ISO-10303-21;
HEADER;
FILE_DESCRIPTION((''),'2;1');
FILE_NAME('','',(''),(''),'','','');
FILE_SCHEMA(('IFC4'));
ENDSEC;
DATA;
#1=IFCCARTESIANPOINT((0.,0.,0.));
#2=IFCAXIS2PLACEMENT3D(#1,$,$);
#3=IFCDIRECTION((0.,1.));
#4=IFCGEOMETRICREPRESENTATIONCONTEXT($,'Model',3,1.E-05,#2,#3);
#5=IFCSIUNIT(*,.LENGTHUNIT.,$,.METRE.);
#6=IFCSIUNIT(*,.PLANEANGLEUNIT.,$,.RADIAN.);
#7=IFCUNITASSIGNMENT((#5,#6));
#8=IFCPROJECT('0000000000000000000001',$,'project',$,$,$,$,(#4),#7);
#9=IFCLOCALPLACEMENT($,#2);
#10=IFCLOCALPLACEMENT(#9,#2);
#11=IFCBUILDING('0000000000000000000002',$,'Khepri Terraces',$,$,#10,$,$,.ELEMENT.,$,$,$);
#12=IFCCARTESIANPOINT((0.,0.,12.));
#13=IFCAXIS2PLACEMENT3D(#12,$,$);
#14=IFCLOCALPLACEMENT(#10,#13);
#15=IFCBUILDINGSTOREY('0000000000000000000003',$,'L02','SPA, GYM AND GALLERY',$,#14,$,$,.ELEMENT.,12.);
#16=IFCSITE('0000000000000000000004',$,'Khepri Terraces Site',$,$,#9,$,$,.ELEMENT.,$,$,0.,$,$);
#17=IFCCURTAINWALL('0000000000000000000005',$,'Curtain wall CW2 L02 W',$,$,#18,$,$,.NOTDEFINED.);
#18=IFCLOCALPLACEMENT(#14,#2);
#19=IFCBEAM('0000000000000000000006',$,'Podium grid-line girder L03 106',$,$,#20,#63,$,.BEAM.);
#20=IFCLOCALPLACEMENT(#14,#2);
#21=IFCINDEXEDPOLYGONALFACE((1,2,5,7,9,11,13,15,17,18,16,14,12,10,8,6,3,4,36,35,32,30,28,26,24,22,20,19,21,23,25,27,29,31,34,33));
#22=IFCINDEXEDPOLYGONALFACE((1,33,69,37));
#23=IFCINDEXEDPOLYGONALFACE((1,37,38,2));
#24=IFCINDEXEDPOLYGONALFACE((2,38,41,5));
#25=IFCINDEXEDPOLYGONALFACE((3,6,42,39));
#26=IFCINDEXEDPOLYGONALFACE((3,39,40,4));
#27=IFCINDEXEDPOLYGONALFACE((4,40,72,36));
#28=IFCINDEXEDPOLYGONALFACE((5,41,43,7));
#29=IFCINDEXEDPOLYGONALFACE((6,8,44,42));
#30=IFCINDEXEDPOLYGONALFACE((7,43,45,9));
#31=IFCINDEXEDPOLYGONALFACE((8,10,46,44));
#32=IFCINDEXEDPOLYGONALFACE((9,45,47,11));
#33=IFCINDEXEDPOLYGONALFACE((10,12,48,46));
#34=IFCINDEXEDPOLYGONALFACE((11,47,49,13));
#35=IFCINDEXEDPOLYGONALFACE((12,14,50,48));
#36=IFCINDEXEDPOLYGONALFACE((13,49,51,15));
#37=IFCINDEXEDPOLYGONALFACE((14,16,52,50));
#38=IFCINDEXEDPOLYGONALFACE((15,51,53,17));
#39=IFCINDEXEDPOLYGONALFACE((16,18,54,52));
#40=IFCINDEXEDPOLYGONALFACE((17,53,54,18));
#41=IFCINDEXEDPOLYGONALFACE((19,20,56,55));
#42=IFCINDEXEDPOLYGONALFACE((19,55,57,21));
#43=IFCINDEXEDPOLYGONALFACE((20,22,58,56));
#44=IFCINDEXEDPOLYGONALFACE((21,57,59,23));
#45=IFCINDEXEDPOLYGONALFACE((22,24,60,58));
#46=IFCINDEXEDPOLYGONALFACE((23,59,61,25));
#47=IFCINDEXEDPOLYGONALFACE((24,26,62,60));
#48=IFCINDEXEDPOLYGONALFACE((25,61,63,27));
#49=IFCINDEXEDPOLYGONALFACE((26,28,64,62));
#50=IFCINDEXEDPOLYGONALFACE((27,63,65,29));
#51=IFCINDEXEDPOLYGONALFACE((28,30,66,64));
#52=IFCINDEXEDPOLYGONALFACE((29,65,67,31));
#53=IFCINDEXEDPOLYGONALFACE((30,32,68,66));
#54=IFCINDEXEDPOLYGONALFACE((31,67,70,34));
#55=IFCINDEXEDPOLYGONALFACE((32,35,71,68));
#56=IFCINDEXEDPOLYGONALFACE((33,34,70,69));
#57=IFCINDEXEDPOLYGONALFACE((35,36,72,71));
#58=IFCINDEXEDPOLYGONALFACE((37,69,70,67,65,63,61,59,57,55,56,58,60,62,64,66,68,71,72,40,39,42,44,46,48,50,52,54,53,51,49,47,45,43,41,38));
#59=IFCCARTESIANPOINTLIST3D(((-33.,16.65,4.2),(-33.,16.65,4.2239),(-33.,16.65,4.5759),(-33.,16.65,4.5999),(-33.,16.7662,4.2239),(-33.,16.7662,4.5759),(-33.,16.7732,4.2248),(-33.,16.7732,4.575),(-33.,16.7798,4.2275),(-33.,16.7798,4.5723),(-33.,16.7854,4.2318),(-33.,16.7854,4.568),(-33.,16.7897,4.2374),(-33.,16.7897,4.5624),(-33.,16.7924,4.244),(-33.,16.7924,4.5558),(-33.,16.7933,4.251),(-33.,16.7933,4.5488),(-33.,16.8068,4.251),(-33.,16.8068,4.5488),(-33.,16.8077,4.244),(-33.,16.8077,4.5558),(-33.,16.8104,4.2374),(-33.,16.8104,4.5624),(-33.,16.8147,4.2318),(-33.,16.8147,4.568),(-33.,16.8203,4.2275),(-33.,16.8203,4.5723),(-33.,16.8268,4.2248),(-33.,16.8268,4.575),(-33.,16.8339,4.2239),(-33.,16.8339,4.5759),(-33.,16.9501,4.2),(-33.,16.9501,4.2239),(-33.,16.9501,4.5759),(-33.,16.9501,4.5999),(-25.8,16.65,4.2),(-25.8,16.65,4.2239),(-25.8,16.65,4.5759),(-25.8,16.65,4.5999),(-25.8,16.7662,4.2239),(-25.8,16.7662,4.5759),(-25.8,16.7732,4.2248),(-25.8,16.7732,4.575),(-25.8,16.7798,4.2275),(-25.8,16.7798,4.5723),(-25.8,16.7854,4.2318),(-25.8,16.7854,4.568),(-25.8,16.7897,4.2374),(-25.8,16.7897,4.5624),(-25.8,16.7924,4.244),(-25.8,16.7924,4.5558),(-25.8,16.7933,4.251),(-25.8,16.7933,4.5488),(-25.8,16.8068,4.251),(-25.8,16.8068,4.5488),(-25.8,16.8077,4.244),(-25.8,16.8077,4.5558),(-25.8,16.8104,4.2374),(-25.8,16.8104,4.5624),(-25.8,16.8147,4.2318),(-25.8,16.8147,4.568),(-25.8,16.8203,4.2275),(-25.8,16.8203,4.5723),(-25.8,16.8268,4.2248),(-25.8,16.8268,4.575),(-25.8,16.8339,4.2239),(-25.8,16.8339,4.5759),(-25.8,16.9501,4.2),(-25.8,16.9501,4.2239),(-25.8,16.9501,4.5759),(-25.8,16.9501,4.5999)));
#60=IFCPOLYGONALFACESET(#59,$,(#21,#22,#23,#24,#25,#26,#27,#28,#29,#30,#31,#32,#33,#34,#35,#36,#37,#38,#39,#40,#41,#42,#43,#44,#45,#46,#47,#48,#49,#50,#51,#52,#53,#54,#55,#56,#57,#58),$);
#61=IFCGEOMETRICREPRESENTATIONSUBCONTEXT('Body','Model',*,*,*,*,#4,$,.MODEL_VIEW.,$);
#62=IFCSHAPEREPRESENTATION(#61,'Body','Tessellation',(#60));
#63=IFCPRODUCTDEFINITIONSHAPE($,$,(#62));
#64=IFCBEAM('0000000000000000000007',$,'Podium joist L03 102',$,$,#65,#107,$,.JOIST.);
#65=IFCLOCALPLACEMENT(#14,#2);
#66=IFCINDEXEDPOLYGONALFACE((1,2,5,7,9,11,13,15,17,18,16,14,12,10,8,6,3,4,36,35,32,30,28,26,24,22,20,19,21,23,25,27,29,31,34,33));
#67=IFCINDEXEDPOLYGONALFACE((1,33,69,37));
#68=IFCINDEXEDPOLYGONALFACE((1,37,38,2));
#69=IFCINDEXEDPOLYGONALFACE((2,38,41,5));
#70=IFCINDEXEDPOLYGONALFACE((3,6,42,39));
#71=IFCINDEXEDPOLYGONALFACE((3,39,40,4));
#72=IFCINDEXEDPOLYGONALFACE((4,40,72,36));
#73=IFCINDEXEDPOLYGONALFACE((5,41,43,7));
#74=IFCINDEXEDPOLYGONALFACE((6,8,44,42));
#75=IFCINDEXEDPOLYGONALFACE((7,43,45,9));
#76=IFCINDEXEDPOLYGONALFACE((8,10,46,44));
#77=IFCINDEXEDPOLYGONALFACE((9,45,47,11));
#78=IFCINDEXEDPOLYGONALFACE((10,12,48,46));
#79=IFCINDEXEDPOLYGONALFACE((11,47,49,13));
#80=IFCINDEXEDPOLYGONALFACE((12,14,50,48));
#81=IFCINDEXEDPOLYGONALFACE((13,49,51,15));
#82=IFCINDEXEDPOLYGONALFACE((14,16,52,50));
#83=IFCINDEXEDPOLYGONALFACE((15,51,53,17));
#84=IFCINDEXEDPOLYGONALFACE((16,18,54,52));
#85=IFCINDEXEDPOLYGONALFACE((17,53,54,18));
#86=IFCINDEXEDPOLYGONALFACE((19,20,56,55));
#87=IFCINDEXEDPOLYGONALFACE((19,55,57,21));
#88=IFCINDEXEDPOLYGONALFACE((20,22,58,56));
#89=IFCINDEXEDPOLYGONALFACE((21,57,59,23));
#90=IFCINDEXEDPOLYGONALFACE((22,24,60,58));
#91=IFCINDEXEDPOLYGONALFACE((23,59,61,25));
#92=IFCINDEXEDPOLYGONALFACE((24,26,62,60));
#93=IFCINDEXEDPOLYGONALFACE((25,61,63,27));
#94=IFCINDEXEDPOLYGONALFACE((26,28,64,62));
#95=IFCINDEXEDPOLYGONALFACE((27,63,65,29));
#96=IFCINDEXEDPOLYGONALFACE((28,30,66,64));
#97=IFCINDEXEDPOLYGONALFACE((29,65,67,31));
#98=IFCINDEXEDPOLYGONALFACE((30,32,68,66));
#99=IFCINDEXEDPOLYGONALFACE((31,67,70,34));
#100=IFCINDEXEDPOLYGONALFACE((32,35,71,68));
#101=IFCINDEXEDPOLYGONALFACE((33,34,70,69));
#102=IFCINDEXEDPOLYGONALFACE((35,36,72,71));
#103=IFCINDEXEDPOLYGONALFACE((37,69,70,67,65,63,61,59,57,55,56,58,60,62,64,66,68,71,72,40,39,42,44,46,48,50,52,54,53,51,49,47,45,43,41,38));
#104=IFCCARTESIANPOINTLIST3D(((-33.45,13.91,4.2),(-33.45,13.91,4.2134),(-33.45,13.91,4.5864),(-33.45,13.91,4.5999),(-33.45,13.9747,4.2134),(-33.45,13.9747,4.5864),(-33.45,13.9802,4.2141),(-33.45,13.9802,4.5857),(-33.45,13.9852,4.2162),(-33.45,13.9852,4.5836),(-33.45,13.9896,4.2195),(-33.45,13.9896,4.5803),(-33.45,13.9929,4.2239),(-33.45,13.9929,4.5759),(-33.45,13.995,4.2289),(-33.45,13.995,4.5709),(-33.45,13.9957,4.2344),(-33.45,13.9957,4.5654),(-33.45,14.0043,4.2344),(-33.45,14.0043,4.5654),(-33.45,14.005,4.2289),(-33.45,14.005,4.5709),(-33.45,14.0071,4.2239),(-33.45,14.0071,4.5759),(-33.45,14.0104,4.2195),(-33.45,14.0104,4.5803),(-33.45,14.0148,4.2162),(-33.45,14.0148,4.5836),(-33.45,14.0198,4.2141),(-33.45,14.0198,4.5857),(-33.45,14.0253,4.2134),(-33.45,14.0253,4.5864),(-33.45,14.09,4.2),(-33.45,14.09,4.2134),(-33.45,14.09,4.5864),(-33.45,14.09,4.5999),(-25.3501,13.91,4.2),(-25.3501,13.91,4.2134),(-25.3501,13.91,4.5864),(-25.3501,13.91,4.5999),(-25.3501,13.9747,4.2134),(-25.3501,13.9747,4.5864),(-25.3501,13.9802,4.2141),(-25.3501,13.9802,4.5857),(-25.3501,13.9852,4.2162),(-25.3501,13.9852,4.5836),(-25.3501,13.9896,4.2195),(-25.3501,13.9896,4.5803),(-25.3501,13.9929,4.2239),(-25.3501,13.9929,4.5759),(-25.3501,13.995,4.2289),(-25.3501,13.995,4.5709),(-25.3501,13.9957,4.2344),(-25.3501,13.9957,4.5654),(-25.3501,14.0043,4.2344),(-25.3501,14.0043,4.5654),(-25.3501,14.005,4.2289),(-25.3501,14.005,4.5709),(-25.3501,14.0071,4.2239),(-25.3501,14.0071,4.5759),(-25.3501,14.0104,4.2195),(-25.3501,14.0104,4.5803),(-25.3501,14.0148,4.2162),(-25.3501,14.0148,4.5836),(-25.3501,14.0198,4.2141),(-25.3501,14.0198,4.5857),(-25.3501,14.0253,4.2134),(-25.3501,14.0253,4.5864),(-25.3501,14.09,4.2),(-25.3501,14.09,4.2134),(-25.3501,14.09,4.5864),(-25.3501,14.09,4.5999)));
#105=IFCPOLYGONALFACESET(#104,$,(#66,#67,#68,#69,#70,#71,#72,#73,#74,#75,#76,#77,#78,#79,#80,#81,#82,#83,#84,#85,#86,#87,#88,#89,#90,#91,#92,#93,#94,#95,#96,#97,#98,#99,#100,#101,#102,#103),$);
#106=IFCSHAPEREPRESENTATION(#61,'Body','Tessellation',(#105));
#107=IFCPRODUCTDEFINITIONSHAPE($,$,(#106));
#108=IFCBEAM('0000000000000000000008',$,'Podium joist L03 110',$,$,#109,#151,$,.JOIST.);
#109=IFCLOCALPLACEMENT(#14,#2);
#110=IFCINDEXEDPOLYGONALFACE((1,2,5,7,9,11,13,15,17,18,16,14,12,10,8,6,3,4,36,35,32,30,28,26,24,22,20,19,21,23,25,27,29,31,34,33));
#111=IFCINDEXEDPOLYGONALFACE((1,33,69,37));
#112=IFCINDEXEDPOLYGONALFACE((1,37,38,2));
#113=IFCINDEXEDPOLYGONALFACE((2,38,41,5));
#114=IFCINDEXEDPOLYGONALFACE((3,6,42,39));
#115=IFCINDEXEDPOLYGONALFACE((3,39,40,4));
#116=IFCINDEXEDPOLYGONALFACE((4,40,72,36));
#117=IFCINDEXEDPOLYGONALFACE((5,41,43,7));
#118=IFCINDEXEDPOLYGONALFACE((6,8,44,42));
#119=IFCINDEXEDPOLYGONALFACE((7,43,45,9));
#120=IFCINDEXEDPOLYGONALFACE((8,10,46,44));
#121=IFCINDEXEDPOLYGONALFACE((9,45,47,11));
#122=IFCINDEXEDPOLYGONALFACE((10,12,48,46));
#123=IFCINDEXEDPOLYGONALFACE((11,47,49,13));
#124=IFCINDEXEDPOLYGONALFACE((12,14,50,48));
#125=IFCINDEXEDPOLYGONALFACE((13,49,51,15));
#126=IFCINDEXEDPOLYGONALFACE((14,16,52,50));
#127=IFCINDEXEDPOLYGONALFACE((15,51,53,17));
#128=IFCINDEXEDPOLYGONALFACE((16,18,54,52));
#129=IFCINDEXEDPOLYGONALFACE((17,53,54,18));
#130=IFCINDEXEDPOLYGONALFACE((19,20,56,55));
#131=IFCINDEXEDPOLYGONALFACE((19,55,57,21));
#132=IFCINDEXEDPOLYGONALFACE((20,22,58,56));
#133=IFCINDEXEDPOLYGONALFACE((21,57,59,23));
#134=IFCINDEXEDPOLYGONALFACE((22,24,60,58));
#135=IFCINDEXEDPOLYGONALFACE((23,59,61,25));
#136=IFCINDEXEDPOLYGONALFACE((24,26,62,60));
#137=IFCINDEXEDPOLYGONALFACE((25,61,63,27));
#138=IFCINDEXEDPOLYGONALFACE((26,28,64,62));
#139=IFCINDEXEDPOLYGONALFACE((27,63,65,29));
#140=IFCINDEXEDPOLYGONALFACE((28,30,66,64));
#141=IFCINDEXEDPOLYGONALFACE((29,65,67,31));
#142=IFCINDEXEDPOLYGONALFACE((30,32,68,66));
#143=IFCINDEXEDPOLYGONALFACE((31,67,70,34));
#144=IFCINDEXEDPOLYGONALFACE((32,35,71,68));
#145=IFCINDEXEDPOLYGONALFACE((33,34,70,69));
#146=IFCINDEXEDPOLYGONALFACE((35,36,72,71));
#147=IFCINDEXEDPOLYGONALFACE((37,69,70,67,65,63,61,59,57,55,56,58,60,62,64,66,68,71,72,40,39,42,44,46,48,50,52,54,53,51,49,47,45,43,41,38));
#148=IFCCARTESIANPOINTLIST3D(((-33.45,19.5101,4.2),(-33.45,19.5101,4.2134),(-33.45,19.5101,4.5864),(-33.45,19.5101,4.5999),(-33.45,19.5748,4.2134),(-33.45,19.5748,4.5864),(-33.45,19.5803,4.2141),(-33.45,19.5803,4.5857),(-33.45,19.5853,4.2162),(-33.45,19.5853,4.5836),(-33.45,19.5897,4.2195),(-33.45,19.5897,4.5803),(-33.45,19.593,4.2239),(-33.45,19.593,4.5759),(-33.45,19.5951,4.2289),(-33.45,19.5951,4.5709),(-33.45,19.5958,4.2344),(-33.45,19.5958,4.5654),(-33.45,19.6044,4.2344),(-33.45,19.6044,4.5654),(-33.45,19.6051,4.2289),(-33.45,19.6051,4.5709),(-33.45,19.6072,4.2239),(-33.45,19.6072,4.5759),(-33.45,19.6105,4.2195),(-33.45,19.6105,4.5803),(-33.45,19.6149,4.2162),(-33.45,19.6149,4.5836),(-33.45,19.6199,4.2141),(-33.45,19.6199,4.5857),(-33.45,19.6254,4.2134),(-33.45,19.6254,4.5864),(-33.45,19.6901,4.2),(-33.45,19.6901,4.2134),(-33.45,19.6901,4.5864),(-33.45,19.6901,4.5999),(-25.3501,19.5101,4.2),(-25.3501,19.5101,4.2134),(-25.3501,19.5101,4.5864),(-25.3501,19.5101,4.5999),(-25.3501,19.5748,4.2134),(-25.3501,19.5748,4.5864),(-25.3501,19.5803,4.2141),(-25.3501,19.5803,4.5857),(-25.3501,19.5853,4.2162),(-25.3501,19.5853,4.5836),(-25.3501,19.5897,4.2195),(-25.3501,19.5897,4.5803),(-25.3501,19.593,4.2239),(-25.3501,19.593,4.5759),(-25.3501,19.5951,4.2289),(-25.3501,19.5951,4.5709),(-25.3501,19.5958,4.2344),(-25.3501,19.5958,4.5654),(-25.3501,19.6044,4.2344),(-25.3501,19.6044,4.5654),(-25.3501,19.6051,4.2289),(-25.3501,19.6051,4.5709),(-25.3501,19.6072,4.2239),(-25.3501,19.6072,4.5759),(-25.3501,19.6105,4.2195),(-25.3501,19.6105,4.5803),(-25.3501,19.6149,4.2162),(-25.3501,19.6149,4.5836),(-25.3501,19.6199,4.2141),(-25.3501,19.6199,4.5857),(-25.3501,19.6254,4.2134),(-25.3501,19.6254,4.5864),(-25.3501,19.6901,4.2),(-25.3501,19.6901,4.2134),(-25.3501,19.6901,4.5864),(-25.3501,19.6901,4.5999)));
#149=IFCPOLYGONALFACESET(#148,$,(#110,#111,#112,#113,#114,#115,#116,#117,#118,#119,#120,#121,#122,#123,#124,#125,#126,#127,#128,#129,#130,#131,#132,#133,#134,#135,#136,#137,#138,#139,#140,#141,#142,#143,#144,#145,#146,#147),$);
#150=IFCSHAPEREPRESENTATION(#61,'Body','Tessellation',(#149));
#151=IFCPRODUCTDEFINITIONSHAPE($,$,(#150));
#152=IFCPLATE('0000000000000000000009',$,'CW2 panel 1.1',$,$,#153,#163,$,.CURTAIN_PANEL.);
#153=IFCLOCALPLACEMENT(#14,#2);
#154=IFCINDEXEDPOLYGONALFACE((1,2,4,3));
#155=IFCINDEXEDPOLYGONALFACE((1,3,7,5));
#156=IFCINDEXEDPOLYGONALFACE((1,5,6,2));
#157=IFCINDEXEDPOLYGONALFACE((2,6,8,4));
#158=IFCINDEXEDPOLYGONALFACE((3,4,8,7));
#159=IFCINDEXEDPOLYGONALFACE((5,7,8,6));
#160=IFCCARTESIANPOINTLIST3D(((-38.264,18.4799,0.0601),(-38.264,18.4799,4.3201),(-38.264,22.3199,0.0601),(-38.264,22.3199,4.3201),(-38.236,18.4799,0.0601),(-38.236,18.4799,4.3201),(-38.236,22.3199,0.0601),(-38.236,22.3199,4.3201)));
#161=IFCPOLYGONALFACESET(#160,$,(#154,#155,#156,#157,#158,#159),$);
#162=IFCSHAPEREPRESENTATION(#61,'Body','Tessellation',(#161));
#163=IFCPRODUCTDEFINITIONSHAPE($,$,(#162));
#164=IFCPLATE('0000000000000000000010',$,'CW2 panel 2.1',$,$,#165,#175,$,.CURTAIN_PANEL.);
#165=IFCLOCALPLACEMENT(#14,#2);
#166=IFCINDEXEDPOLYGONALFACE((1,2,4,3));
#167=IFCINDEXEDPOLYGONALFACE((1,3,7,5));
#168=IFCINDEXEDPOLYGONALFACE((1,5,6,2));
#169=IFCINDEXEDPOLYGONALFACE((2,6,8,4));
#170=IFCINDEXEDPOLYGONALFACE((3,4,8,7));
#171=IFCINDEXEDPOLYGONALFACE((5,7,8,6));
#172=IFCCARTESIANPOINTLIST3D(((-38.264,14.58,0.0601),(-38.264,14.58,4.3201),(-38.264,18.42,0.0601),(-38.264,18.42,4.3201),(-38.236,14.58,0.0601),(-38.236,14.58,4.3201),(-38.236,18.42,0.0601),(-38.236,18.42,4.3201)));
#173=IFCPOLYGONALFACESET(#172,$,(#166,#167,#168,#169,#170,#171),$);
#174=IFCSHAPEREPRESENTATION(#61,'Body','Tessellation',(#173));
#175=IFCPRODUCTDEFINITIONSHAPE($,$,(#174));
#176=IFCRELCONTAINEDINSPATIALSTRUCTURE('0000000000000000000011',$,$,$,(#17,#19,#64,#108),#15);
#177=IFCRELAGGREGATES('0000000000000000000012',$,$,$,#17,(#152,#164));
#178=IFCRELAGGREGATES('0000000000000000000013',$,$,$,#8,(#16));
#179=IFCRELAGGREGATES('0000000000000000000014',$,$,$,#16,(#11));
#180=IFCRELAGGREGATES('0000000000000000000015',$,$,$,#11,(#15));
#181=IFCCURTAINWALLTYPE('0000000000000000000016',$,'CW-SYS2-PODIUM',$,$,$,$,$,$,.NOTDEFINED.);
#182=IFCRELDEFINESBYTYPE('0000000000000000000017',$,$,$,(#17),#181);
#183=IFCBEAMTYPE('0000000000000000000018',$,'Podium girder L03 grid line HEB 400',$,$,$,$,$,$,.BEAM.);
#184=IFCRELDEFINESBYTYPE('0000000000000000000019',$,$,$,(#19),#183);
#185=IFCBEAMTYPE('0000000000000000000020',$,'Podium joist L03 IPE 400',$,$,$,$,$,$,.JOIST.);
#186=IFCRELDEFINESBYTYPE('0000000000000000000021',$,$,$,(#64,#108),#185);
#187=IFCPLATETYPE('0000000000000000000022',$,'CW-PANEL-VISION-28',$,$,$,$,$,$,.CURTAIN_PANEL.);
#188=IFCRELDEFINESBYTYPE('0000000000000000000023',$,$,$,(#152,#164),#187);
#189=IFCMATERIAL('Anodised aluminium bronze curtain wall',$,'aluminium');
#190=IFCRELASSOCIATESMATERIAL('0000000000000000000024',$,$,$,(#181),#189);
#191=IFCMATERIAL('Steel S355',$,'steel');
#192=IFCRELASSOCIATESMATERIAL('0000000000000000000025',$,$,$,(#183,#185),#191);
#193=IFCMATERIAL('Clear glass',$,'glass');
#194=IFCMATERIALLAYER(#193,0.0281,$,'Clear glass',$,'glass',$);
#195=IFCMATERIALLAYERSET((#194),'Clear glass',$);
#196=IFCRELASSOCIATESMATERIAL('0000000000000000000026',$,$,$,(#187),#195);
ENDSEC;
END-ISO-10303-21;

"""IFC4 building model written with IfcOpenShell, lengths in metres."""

from ifc_helpers import new_model, si_unit, direction, frame, origin, origin_2d, place, context, subcontext, project, spatial, rectangle, i_section, extrude, material, layer, layer_set, material_profile, profile_set, type_object, element, aggregate, save


model = new_model("IFC4")

# Units and contexts
model_context = context("Model", 3, precision=1e-05, world=origin(), true_north=direction((0.0, 1.0)))
body_context = subcontext(model_context, "Body", "Model", "MODEL_VIEW")
ifc_project = project(units=[si_unit("LENGTHUNIT", "METRE"), si_unit("PLANEANGLEUNIT", "RADIAN")], contexts=[model_context])

# Site, building, storey
site_placement = place(None, origin())
site = spatial("IfcSite", under=ifc_project, at=site_placement, Name="Khepri Terraces Site", CompositionType="ELEMENT", RefElevation=0.0)
building_placement = place(site_placement, origin())
building = spatial("IfcBuilding", under=site, at=building_placement, Name="Khepri Terraces", CompositionType="ELEMENT")
storey_placement = place(building_placement, frame((0.0, 0.0, 12.0)))
storey = spatial("IfcBuildingStorey", under=building, at=storey_placement, Name="L02", Description="SPA, GYM AND GALLERY", CompositionType="ELEMENT", Elevation=12.0)

# Curtain wall
ifc_material_1 = material(Name="Anodised aluminium bronze curtain wall", Category="aluminium")
curtain_wall_type = type_object("IfcCurtainWallType", Name="CW-SYS2-PODIUM", PredefinedType="NOTDEFINED", material=ifc_material_1)
curtain_wall_placement = place(storey_placement, origin())
curtain_wall = element("IfcCurtainWall", 1, at=curtain_wall_placement, inside=storey, type_object=curtain_wall_type, Name="Curtain wall CW2 L02 W", PredefinedType="NOTDEFINED")

# Beams
ifc_material_2 = material(Name="Steel S355", Category="steel")
ifc_material_profile_1 = material_profile(ifc_material_2, i_section(OverallWidth=0.3, OverallDepth=0.3999, WebThickness=0.0134, FlangeThickness=0.0239, FilletRadius=0.0271, at=origin_2d()), Name="Steel S355", Category="steel")
ifc_profile_set_1 = profile_set([ifc_material_profile_1], Name="Steel S355")
beam_type_1 = type_object("IfcBeamType", Name="Podium girder L03 grid line HEB 400", PredefinedType="BEAM", material=ifc_profile_set_1)
beam_1_placement = place(storey_placement, frame((-33.0, 16.8, 4.3999), z_axis=(1.0, 0.0, 0.0), x_axis=(0.0, 1.0, 0.0)))
element("IfcBeam", 2, at=beam_1_placement, inside=storey, type_object=beam_type_1, Name="Podium grid-line girder L03 106", PredefinedType="BEAM", context=body_context, shape_type="SweptSolid", body=[
    extrude(i_section(OverallWidth=0.3, OverallDepth=0.3999, WebThickness=0.0134, FlangeThickness=0.0239, FilletRadius=0.0271, at=origin_2d()), origin(), (0.0, 0.0, 1.0), 7.2),
])
ifc_material_profile_2 = material_profile(ifc_material_2, i_section(OverallWidth=0.1799, OverallDepth=0.3999, WebThickness=0.0085, FlangeThickness=0.0134, FilletRadius=0.021, at=origin_2d()), Name="Steel S355", Category="steel")
ifc_profile_set_2 = profile_set([ifc_material_profile_2], Name="Steel S355")
beam_type_2 = type_object("IfcBeamType", Name="Podium joist L03 IPE 400", PredefinedType="JOIST", material=ifc_profile_set_2)
for number, where, z_axis, x_axis, name in (
    (3, (-33.45, 14.0, 4.3999), (1.0, 0.0, 0.0), (0.0, 1.0, 0.0), "Podium joist L03 102"),
    (4, (-33.45, 19.6001, 4.3999), (1.0, 0.0, 0.0), (0.0, 1.0, 0.0), "Podium joist L03 110"),
):
    element("IfcBeam", number, at=place(storey_placement, frame(where, z_axis=z_axis, x_axis=x_axis)), inside=storey, type_object=beam_type_2, Name=name, PredefinedType="JOIST", context=body_context, shape_type="SweptSolid", body=[
        extrude(i_section(OverallWidth=0.1799, OverallDepth=0.3999, WebThickness=0.0085, FlangeThickness=0.0134, FilletRadius=0.021, at=origin_2d()), origin(), (0.0, 0.0, 1.0), 8.0999),
    ])

# Plates
ifc_material_3 = material(Name="Clear glass", Category="glass")
ifc_layer_1 = layer(ifc_material_3, 0.0281, Name="Clear glass", Category="glass")
ifc_layer_set_1 = layer_set([ifc_layer_1], Name="Clear glass")
plate_type = type_object("IfcPlateType", Name="CW-PANEL-VISION-28", PredefinedType="CURTAIN_PANEL", material=ifc_layer_set_1)
plate_1_placement = place(storey_placement, frame((-38.25, 20.3999, 0.0601), z_axis=(0.0, 0.0, 1.0), x_axis=(0.0, -1.0, 0.0)))
plate_1 = element("IfcPlate", 5, at=plate_1_placement, type_object=plate_type, Name="CW2 panel 1.1", PredefinedType="CURTAIN_PANEL", context=body_context, shape_type="SweptSolid", body=[
    extrude(rectangle(XDim=3.8401, YDim=0.0281, at=origin_2d()), origin(), (0.0, 0.0, 1.0), 4.26),
])
plate_2_placement = place(storey_placement, frame((-38.25, 16.5, 0.0601), z_axis=(0.0, 0.0, 1.0), x_axis=(0.0, -1.0, 0.0)))
plate_2 = element("IfcPlate", 6, at=plate_2_placement, type_object=plate_type, Name="CW2 panel 2.1", PredefinedType="CURTAIN_PANEL", context=body_context, shape_type="SweptSolid", body=[
    extrude(rectangle(XDim=3.8401, YDim=0.0281, at=origin_2d()), origin(), (0.0, 0.0, 1.0), 4.26),
])
aggregate(curtain_wall, [plate_1, plate_2])

save(model, "model.ifc")
